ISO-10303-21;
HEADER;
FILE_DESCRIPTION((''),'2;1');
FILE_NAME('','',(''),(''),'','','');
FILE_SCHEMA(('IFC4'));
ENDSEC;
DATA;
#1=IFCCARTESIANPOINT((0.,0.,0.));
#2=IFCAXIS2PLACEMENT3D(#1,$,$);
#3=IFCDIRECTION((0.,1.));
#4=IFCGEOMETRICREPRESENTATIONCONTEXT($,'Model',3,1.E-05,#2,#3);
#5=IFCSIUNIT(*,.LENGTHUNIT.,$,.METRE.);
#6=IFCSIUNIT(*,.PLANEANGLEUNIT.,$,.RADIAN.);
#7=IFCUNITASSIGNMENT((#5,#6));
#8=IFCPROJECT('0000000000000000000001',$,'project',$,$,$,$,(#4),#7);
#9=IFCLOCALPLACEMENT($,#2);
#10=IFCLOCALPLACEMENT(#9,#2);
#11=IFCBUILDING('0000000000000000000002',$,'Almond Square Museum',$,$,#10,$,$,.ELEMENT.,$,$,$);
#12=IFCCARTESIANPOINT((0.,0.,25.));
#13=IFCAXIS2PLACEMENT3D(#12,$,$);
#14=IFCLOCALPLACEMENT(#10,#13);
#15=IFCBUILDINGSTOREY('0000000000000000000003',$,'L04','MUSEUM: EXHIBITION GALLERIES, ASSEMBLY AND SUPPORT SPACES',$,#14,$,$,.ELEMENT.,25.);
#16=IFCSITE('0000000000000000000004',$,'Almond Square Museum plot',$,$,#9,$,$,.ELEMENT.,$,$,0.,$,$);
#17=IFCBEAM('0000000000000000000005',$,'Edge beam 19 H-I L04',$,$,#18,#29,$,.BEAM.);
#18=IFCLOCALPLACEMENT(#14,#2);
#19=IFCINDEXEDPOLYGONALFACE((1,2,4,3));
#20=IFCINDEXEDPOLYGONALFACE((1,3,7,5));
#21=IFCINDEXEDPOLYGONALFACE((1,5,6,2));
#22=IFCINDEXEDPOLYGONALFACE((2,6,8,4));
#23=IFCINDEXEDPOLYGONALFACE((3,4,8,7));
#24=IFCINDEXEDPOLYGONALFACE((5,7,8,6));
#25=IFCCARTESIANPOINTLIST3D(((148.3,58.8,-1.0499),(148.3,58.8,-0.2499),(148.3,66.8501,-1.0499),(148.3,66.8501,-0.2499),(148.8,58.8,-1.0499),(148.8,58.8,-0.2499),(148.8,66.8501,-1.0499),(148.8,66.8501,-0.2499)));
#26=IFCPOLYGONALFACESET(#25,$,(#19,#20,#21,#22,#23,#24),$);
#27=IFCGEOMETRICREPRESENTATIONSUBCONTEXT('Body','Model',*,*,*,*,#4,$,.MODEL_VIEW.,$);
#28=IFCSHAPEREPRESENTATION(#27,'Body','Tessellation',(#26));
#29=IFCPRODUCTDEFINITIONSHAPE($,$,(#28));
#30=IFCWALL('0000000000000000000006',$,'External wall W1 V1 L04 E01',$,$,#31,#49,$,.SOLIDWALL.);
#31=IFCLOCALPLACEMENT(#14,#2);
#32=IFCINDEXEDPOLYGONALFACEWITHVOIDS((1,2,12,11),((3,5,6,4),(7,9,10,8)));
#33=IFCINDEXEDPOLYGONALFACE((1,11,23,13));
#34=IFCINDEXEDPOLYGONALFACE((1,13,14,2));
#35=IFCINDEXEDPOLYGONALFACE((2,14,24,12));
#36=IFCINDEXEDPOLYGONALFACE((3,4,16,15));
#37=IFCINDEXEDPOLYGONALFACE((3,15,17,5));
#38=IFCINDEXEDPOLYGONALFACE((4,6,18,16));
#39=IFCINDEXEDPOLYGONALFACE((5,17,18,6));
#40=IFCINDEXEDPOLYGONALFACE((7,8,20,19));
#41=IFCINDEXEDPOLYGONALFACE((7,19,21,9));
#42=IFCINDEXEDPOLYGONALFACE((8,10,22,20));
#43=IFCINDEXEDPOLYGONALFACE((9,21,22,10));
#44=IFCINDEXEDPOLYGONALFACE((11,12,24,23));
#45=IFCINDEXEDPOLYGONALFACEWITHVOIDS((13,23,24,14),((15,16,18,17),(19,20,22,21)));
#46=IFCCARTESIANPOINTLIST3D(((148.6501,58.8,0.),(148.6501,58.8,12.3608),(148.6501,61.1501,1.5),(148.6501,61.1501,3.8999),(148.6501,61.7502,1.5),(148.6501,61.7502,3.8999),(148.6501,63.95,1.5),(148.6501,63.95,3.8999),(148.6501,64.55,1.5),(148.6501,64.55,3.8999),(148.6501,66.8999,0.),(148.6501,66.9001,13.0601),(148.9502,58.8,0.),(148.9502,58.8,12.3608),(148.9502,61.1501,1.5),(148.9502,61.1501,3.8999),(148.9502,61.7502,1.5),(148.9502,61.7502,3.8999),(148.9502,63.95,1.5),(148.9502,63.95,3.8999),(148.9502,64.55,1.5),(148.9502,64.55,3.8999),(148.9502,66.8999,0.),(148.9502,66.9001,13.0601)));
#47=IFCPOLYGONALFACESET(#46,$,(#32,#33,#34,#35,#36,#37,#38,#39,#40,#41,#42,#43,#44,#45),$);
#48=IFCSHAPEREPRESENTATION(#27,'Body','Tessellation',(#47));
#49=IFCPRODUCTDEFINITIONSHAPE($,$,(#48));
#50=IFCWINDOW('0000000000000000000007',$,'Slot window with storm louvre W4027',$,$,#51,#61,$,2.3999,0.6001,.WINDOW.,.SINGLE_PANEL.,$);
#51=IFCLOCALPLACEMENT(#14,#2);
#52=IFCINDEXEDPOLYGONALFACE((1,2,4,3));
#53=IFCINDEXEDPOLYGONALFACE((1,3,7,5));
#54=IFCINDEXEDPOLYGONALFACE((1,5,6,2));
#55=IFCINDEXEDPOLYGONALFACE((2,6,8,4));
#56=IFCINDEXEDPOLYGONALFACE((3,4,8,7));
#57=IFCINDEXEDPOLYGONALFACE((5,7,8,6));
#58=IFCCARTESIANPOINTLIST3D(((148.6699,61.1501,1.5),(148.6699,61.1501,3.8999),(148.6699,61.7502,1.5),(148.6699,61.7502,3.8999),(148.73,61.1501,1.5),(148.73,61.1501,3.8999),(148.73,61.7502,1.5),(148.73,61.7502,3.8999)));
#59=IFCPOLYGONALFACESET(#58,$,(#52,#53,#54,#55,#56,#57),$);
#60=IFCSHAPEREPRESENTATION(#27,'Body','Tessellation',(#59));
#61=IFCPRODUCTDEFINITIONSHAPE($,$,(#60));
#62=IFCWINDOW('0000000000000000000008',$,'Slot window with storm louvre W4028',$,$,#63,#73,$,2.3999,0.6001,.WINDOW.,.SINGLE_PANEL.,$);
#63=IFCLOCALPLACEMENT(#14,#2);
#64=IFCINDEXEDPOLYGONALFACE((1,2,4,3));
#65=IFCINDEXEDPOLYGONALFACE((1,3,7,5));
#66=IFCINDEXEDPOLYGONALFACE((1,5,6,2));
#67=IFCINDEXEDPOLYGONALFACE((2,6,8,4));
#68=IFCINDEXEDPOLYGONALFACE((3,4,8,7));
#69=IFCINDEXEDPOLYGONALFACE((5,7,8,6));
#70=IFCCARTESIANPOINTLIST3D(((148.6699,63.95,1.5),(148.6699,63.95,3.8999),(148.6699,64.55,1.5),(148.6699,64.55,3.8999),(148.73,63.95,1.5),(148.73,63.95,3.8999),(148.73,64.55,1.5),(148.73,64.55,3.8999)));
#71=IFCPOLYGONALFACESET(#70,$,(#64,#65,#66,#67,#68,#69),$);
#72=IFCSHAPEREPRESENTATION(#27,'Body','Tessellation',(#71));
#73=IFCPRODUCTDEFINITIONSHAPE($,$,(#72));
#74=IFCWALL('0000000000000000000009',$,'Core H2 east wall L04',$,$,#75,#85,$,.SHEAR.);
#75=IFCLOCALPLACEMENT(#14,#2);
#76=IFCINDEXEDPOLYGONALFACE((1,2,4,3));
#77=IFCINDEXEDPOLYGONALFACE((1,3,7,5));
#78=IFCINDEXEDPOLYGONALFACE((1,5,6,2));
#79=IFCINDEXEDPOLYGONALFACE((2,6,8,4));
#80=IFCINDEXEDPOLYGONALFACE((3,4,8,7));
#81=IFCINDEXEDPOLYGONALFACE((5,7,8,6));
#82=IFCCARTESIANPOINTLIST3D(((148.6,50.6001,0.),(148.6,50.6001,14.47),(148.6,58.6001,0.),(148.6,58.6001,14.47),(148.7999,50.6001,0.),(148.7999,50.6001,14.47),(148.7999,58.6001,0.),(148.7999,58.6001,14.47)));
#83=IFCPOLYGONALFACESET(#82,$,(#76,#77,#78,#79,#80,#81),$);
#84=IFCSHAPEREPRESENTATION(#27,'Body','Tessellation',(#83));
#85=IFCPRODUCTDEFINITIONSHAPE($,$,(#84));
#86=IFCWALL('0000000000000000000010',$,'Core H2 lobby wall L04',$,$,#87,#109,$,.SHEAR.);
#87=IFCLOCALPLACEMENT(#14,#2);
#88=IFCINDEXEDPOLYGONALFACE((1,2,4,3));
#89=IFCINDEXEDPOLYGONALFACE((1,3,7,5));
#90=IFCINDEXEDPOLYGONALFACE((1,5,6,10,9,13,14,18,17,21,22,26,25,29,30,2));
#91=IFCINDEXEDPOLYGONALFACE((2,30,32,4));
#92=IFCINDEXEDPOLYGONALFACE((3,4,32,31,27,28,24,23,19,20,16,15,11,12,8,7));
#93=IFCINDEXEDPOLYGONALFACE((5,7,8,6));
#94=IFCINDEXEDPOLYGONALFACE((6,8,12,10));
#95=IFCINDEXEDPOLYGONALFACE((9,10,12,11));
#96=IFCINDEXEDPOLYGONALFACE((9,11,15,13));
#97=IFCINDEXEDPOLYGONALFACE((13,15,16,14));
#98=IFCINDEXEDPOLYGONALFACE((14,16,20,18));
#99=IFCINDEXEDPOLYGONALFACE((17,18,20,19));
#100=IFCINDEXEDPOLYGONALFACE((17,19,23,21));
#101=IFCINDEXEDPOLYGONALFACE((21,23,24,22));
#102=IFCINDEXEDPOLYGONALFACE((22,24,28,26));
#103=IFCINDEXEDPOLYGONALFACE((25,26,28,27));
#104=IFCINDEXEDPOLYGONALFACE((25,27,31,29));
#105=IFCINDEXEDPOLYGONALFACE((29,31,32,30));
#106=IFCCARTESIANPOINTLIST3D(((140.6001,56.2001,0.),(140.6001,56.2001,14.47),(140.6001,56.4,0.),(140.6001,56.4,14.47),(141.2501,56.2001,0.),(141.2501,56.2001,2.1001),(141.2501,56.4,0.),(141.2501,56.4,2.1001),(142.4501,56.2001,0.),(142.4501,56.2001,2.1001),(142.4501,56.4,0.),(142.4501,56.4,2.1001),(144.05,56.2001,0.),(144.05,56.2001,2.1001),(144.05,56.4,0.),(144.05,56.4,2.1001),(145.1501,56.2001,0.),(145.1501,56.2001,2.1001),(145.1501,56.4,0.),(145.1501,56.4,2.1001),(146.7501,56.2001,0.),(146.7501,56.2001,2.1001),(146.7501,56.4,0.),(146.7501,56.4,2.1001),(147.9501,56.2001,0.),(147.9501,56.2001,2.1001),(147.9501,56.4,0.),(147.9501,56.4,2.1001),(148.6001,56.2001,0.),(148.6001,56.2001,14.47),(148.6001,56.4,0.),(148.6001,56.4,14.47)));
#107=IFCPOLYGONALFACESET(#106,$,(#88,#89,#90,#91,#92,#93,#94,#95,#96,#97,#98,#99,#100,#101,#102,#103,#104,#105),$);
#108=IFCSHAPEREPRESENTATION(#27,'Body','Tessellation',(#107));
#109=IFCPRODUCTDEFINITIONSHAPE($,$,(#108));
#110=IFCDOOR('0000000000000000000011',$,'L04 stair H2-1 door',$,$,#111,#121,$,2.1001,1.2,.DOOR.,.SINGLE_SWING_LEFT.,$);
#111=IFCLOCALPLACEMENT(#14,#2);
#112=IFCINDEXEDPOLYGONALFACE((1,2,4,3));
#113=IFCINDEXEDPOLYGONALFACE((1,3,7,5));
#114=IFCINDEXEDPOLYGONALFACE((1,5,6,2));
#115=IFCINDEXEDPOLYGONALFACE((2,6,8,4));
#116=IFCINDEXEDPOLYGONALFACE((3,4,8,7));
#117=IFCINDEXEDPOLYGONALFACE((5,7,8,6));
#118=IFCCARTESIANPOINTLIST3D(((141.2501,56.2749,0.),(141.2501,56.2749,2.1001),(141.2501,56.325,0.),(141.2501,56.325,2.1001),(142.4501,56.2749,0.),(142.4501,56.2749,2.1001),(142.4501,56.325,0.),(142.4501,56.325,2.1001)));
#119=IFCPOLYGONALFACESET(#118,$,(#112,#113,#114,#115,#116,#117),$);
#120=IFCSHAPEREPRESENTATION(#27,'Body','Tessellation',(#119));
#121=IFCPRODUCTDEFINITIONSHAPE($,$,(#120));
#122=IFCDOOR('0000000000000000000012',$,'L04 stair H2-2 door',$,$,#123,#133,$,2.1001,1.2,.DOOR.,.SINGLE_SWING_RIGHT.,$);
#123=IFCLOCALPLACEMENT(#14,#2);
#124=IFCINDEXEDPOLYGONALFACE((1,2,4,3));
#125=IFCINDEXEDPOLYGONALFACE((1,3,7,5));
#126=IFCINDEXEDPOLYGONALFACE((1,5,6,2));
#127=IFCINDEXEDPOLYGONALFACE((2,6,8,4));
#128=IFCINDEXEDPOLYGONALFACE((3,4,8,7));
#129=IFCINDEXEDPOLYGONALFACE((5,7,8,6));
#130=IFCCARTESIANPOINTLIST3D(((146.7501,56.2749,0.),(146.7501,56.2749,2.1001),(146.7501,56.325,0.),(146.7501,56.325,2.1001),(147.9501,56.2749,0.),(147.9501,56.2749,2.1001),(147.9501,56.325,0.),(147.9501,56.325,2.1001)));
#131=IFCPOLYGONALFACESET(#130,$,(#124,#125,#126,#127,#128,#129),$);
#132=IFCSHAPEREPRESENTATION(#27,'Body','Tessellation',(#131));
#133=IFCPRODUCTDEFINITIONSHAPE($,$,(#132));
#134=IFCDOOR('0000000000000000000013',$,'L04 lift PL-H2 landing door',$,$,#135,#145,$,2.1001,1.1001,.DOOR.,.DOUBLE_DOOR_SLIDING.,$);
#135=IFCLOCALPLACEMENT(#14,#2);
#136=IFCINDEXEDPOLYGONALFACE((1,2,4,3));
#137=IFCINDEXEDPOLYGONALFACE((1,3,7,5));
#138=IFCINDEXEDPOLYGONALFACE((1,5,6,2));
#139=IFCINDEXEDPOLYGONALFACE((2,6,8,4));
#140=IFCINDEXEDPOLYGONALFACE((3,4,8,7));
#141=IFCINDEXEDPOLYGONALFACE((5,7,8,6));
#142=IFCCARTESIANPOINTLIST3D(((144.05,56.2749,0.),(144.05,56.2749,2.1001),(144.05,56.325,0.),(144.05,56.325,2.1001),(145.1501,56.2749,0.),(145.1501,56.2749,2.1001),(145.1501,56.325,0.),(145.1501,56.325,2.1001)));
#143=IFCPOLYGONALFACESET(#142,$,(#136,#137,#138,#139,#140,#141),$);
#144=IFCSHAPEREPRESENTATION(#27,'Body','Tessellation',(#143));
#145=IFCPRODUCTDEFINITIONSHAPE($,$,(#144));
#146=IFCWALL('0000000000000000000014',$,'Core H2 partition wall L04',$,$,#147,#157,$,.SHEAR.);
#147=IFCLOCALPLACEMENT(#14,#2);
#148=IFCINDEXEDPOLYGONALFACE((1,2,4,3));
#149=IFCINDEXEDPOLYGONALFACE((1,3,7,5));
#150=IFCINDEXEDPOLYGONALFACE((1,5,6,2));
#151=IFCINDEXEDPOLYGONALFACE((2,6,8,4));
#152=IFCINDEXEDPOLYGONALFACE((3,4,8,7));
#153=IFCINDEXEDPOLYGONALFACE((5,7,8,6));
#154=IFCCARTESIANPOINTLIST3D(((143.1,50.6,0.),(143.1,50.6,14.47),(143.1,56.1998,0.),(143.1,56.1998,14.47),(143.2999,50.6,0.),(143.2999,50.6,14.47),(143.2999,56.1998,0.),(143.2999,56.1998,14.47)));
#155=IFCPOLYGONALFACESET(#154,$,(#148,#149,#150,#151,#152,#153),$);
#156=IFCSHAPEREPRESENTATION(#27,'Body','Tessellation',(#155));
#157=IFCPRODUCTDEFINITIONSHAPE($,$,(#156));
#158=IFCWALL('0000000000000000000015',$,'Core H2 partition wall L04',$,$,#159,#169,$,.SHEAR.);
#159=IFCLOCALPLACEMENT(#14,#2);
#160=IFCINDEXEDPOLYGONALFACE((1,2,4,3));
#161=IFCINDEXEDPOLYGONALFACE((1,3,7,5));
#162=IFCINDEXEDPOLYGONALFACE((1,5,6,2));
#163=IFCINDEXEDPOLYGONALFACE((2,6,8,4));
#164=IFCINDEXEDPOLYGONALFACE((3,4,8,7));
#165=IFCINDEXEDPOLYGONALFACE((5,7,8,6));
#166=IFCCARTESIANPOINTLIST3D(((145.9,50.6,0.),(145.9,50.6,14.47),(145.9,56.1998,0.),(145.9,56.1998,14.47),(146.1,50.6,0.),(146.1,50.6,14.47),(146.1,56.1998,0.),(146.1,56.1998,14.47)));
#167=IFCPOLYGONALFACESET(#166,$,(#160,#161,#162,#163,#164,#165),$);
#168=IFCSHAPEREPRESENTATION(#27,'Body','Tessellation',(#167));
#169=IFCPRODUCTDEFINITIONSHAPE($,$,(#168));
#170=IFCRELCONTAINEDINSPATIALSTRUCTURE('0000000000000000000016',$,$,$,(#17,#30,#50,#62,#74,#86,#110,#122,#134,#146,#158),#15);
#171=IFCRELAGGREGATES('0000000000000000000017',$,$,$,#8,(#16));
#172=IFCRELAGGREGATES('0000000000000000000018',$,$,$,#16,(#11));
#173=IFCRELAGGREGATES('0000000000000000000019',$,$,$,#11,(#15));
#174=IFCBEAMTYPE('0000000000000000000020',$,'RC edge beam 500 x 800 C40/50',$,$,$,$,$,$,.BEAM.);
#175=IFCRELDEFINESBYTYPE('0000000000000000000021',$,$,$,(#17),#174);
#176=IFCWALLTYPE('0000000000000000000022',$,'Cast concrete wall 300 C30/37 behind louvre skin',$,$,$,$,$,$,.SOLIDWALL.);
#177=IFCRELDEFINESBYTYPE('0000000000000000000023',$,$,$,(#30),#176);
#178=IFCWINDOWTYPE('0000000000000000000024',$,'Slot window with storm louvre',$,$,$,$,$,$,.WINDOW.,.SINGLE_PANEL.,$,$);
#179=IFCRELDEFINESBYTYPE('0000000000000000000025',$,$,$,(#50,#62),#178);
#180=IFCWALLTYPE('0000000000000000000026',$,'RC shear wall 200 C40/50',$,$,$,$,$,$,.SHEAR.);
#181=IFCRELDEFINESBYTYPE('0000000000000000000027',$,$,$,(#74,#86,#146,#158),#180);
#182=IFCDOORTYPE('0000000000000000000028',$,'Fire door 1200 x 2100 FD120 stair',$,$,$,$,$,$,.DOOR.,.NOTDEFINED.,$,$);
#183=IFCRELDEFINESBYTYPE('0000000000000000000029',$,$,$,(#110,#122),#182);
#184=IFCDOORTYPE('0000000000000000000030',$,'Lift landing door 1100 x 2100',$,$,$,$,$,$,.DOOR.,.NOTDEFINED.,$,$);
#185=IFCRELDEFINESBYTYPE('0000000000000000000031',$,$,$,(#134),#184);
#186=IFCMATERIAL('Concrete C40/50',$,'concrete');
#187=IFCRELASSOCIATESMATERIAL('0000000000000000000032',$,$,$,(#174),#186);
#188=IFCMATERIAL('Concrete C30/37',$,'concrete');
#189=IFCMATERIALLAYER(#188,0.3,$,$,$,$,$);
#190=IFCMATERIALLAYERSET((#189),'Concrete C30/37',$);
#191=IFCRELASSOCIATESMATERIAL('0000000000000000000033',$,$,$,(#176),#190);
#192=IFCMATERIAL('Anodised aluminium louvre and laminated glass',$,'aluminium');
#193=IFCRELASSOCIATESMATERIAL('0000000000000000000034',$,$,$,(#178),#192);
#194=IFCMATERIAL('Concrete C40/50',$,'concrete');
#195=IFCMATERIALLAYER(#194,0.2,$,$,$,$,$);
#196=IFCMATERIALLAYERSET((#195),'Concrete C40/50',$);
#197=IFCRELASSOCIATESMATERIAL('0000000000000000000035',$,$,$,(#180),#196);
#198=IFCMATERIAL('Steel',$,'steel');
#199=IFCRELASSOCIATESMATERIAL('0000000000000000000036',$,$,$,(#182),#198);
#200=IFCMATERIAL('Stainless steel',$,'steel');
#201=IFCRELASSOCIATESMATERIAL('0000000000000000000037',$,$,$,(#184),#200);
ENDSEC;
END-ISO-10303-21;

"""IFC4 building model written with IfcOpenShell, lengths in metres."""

from ifc_helpers import new_model, si_unit, direction, frame, frame_2d, origin, origin_2d, place, context, subcontext, project, spatial, polyline, rectangle, outline, extrude, material, layer, layer_set, material_profile, profile_set, type_object, element, fill, save


model = new_model("IFC4")

# Units and contexts
model_context = context("Model", 3, precision=1e-05, world=origin(), true_north=direction((0.0, 1.0)))
body_context = subcontext(model_context, "Body", "Model", "MODEL_VIEW")
ifc_project = project(units=[si_unit("LENGTHUNIT", "METRE"), si_unit("PLANEANGLEUNIT", "RADIAN")], contexts=[model_context])

# Site, building, storey
site_placement = place(None, origin())
site = spatial("IfcSite", under=ifc_project, at=site_placement, Name="Almond Square Museum plot", CompositionType="ELEMENT", RefElevation=0.0)
building_placement = place(site_placement, origin())
building = spatial("IfcBuilding", under=site, at=building_placement, Name="Almond Square Museum", CompositionType="ELEMENT")
storey_placement = place(building_placement, frame((0.0, 0.0, 25.0)))
storey = spatial("IfcBuildingStorey", under=building, at=storey_placement, Name="L04", Description="MUSEUM: EXHIBITION GALLERIES, ASSEMBLY AND SUPPORT SPACES", CompositionType="ELEMENT", Elevation=25.0)

# Beam
ifc_material_1 = material(Name="Concrete C40/50", Category="concrete")
ifc_material_profile_1 = material_profile(ifc_material_1, rectangle(XDim=0.5, YDim=0.8, at=origin_2d()))
ifc_profile_set_1 = profile_set([ifc_material_profile_1], Name="Concrete C40/50")
beam_type = type_object("IfcBeamType", Name="RC edge beam 500 x 800 C40/50", PredefinedType="BEAM", material=ifc_profile_set_1)
beam_placement = place(storey_placement, frame((148.55, 58.8, -0.6499), z_axis=(0.0, 1.0, 0.0), x_axis=(-1.0, 0.0, 0.0)))
element("IfcBeam", 1, at=beam_placement, inside=storey, type_object=beam_type, Name="Edge beam 19 H-I L04", PredefinedType="BEAM", context=body_context, shape_type="SweptSolid", body=[
    extrude(rectangle(XDim=0.5, YDim=0.8, at=origin_2d()), origin(), (0.0, 0.0, 1.0), 8.05),
])

# Wall, openings, windows
ifc_material_2 = material(Name="Concrete C30/37", Category="concrete")
ifc_layer_1 = layer(ifc_material_2, 0.3)
ifc_layer_set_1 = layer_set([ifc_layer_1], Name="Concrete C30/37")
wall_type_1 = type_object("IfcWallType", Name="Cast concrete wall 300 C30/37 behind louvre skin", PredefinedType="SOLIDWALL", material=ifc_layer_set_1)
wall_1_placement = place(storey_placement, frame((148.8, 58.8, 0.0), z_axis=(0.0, 0.0, 1.0), x_axis=(0.0, 1.0, 0.0)))
wall_1 = element("IfcWall", 2, at=wall_1_placement, inside=storey, type_object=wall_type_1, Name="External wall W1 V1 L04 E01", PredefinedType="SOLIDWALL", context=body_context, shape_type="SweptSolid", body=[
    extrude(outline(polyline([(0.0, 0.0), (8.0999, 0.0), (8.1001, 13.0601), (0.0, 12.3608), (0.0, 0.0)])), frame((0.0, 0.1499, 0.0), z_axis=(0.0, -1.0, 0.0), x_axis=(1.0, 0.0, 0.0)), (0.0, 0.0, 1.0), 0.3),
])
opening_1_placement = place(wall_1_placement, frame((2.3501, 0.0, 1.5)))
opening_1 = element("IfcOpeningElement", 3, at=opening_1_placement, cuts=wall_1, PredefinedType="OPENING", context=body_context, shape_type="SweptSolid", body=[
    extrude(rectangle(XDim=0.6001, YDim=2.3999, at=frame_2d((0.3, 1.2))), frame((0.0, 0.1599, 0.0), z_axis=(0.0, -1.0, 0.0), x_axis=(1.0, 0.0, 0.0)), (0.0, 0.0, 1.0), 0.3201),
])
opening_2_placement = place(wall_1_placement, frame((5.1499, 0.0, 1.5)))
opening_2 = element("IfcOpeningElement", 4, at=opening_2_placement, cuts=wall_1, PredefinedType="OPENING", context=body_context, shape_type="SweptSolid", body=[
    extrude(rectangle(XDim=0.6001, YDim=2.3999, at=frame_2d((0.3, 1.2))), frame((0.0, 0.1599, 0.0), z_axis=(0.0, -1.0, 0.0), x_axis=(1.0, 0.0, 0.0)), (0.0, 0.0, 1.0), 0.3201),
])
ifc_material_3 = material(Name="Anodised aluminium louvre and laminated glass", Category="aluminium")
window_type = type_object("IfcWindowType", Name="Slot window with storm louvre", PartitioningType="SINGLE_PANEL", PredefinedType="WINDOW", material=ifc_material_3)
window_1_placement = place(opening_1_placement, origin())
window_1 = element("IfcWindow", 5, at=window_1_placement, inside=storey, type_object=window_type, Name="Slot window with storm louvre W4027", OverallHeight=2.3999, OverallWidth=0.6001, PartitioningType="SINGLE_PANEL", PredefinedType="WINDOW", context=body_context, shape_type="SweptSolid", body=[
    extrude(rectangle(XDim=0.6001, YDim=2.3999, at=frame_2d((0.3, 1.2))), frame((0.0, 0.1301, 0.0), z_axis=(0.0, -1.0, 0.0), x_axis=(1.0, 0.0, 0.0)), (0.0, 0.0, 1.0), 0.0601),
])
fill(opening_1, window_1)
window_2_placement = place(opening_2_placement, origin())
window_2 = element("IfcWindow", 6, at=window_2_placement, inside=storey, type_object=window_type, Name="Slot window with storm louvre W4028", OverallHeight=2.3999, OverallWidth=0.6001, PartitioningType="SINGLE_PANEL", PredefinedType="WINDOW", context=body_context, shape_type="SweptSolid", body=[
    extrude(rectangle(XDim=0.6001, YDim=2.3999, at=frame_2d((0.3, 1.2))), frame((0.0, 0.1301, 0.0), z_axis=(0.0, -1.0, 0.0), x_axis=(1.0, 0.0, 0.0)), (0.0, 0.0, 1.0), 0.0601),
])
fill(opening_2, window_2)

# Wall
ifc_material_4 = material(Name="Concrete C40/50", Category="concrete")
ifc_layer_2 = layer(ifc_material_4, 0.2)
ifc_layer_set_2 = layer_set([ifc_layer_2], Name="Concrete C40/50")
wall_type_2 = type_object("IfcWallType", Name="RC shear wall 200 C40/50", PredefinedType="SHEAR", material=ifc_layer_set_2)
wall_2_placement = place(storey_placement, frame((148.7, 50.6001, 0.0), z_axis=(0.0, 0.0, 1.0), x_axis=(0.0, 1.0, 0.0)))
element("IfcWall", 7, at=wall_2_placement, inside=storey, type_object=wall_type_2, Name="Core H2 east wall L04", PredefinedType="SHEAR", context=body_context, shape_type="SweptSolid", body=[
    extrude(rectangle(XDim=8.0, YDim=0.2, at=frame_2d((4.0, 0.0))), origin(), (0.0, 0.0, 1.0), 14.47),
])

# Wall, openings, doors
wall_3_placement = place(storey_placement, frame((140.6001, 56.3, 0.0), z_axis=(0.0, 0.0, 1.0), x_axis=(1.0, 0.0, 0.0)))
wall_3 = element("IfcWall", 8, at=wall_3_placement, inside=storey, type_object=wall_type_2, Name="Core H2 lobby wall L04", PredefinedType="SHEAR", context=body_context, shape_type="SweptSolid", body=[
    extrude(rectangle(XDim=8.0, YDim=0.2, at=frame_2d((4.0, 0.0))), origin(), (0.0, 0.0, 1.0), 14.47),
])
opening_3_placement = place(wall_3_placement, frame((0.6499, 0.0, 0.0)))
opening_3 = element("IfcOpeningElement", 9, at=opening_3_placement, cuts=wall_3, PredefinedType="OPENING", context=body_context, shape_type="SweptSolid", body=[
    extrude(rectangle(XDim=1.2, YDim=2.1001, at=frame_2d((0.6001, 1.05))), frame((0.0, 0.1099, 0.0), z_axis=(0.0, -1.0, 0.0), x_axis=(1.0, 0.0, 0.0)), (0.0, 0.0, 1.0), 0.22),
])
opening_4_placement = place(wall_3_placement, frame((6.1499, 0.0, 0.0)))
opening_4 = element("IfcOpeningElement", 10, at=opening_4_placement, cuts=wall_3, PredefinedType="OPENING", context=body_context, shape_type="SweptSolid", body=[
    extrude(rectangle(XDim=1.2, YDim=2.1001, at=frame_2d((0.6001, 1.05))), frame((0.0, 0.1099, 0.0), z_axis=(0.0, -1.0, 0.0), x_axis=(1.0, 0.0, 0.0)), (0.0, 0.0, 1.0), 0.22),
])
opening_5_placement = place(wall_3_placement, frame((3.45, 0.0, 0.0)))
opening_5 = element("IfcOpeningElement", 11, at=opening_5_placement, cuts=wall_3, PredefinedType="OPENING", context=body_context, shape_type="SweptSolid", body=[
    extrude(rectangle(XDim=1.1001, YDim=2.1001, at=frame_2d((0.55, 1.05))), frame((0.0, 0.1099, 0.0), z_axis=(0.0, -1.0, 0.0), x_axis=(1.0, 0.0, 0.0)), (0.0, 0.0, 1.0), 0.22),
])
ifc_material_5 = material(Name="Steel", Category="steel")
door_type_1 = type_object("IfcDoorType", Name="Fire door 1200 x 2100 FD120 stair", OperationType="NOTDEFINED", PredefinedType="DOOR", material=ifc_material_5)
door_1_placement = place(opening_3_placement, origin())
door_1 = element("IfcDoor", 12, at=door_1_placement, inside=storey, type_object=door_type_1, Name="L04 stair H2-1 door", OperationType="SINGLE_SWING_LEFT", OverallHeight=2.1001, OverallWidth=1.2, PredefinedType="DOOR", context=body_context, shape_type="SweptSolid", body=[
    extrude(rectangle(XDim=1.2, YDim=2.1001, at=frame_2d((0.6001, 1.05))), frame((0.0, 0.0249, 0.0), z_axis=(0.0, -1.0, 0.0), x_axis=(1.0, 0.0, 0.0)), (0.0, 0.0, 1.0), 0.05),
])
fill(opening_3, door_1)
door_2_placement = place(opening_4_placement, origin())
door_2 = element("IfcDoor", 13, at=door_2_placement, inside=storey, type_object=door_type_1, Name="L04 stair H2-2 door", OperationType="SINGLE_SWING_RIGHT", OverallHeight=2.1001, OverallWidth=1.2, PredefinedType="DOOR", context=body_context, shape_type="SweptSolid", body=[
    extrude(rectangle(XDim=1.2, YDim=2.1001, at=frame_2d((0.6001, 1.05))), frame((0.0, 0.0249, 0.0), z_axis=(0.0, -1.0, 0.0), x_axis=(1.0, 0.0, 0.0)), (0.0, 0.0, 1.0), 0.05),
])
fill(opening_4, door_2)
ifc_material_6 = material(Name="Stainless steel", Category="steel")
door_type_2 = type_object("IfcDoorType", Name="Lift landing door 1100 x 2100", OperationType="NOTDEFINED", PredefinedType="DOOR", material=ifc_material_6)
door_3_placement = place(opening_5_placement, origin())
door_3 = element("IfcDoor", 14, at=door_3_placement, inside=storey, type_object=door_type_2, Name="L04 lift PL-H2 landing door", OperationType="DOUBLE_DOOR_SLIDING", OverallHeight=2.1001, OverallWidth=1.1001, PredefinedType="DOOR", context=body_context, shape_type="SweptSolid", body=[
    extrude(rectangle(XDim=1.1001, YDim=2.1001, at=frame_2d((0.55, 1.05))), frame((0.0, 0.0249, 0.0), z_axis=(0.0, -1.0, 0.0), x_axis=(1.0, 0.0, 0.0)), (0.0, 0.0, 1.0), 0.05),
])
fill(opening_5, door_3)

# Walls
for number, where, z_axis, x_axis, name in (
    (15, (143.2, 50.6001, 0.0), (0.0, 0.0, 1.0), (0.0, 1.0, 0.0), "Core H2 partition wall L04"),
    (16, (146.0, 50.6001, 0.0), (0.0, 0.0, 1.0), (0.0, 1.0, 0.0), "Core H2 partition wall L04"),
):
    element("IfcWall", number, at=place(storey_placement, frame(where, z_axis=z_axis, x_axis=x_axis)), inside=storey, type_object=wall_type_2, Name=name, PredefinedType="SHEAR", context=body_context, shape_type="SweptSolid", body=[
        extrude(rectangle(XDim=5.5999, YDim=0.2, at=frame_2d((2.7998, 0.0))), origin(), (0.0, 0.0, 1.0), 14.47),
    ])

save(model, "model.ifc")
